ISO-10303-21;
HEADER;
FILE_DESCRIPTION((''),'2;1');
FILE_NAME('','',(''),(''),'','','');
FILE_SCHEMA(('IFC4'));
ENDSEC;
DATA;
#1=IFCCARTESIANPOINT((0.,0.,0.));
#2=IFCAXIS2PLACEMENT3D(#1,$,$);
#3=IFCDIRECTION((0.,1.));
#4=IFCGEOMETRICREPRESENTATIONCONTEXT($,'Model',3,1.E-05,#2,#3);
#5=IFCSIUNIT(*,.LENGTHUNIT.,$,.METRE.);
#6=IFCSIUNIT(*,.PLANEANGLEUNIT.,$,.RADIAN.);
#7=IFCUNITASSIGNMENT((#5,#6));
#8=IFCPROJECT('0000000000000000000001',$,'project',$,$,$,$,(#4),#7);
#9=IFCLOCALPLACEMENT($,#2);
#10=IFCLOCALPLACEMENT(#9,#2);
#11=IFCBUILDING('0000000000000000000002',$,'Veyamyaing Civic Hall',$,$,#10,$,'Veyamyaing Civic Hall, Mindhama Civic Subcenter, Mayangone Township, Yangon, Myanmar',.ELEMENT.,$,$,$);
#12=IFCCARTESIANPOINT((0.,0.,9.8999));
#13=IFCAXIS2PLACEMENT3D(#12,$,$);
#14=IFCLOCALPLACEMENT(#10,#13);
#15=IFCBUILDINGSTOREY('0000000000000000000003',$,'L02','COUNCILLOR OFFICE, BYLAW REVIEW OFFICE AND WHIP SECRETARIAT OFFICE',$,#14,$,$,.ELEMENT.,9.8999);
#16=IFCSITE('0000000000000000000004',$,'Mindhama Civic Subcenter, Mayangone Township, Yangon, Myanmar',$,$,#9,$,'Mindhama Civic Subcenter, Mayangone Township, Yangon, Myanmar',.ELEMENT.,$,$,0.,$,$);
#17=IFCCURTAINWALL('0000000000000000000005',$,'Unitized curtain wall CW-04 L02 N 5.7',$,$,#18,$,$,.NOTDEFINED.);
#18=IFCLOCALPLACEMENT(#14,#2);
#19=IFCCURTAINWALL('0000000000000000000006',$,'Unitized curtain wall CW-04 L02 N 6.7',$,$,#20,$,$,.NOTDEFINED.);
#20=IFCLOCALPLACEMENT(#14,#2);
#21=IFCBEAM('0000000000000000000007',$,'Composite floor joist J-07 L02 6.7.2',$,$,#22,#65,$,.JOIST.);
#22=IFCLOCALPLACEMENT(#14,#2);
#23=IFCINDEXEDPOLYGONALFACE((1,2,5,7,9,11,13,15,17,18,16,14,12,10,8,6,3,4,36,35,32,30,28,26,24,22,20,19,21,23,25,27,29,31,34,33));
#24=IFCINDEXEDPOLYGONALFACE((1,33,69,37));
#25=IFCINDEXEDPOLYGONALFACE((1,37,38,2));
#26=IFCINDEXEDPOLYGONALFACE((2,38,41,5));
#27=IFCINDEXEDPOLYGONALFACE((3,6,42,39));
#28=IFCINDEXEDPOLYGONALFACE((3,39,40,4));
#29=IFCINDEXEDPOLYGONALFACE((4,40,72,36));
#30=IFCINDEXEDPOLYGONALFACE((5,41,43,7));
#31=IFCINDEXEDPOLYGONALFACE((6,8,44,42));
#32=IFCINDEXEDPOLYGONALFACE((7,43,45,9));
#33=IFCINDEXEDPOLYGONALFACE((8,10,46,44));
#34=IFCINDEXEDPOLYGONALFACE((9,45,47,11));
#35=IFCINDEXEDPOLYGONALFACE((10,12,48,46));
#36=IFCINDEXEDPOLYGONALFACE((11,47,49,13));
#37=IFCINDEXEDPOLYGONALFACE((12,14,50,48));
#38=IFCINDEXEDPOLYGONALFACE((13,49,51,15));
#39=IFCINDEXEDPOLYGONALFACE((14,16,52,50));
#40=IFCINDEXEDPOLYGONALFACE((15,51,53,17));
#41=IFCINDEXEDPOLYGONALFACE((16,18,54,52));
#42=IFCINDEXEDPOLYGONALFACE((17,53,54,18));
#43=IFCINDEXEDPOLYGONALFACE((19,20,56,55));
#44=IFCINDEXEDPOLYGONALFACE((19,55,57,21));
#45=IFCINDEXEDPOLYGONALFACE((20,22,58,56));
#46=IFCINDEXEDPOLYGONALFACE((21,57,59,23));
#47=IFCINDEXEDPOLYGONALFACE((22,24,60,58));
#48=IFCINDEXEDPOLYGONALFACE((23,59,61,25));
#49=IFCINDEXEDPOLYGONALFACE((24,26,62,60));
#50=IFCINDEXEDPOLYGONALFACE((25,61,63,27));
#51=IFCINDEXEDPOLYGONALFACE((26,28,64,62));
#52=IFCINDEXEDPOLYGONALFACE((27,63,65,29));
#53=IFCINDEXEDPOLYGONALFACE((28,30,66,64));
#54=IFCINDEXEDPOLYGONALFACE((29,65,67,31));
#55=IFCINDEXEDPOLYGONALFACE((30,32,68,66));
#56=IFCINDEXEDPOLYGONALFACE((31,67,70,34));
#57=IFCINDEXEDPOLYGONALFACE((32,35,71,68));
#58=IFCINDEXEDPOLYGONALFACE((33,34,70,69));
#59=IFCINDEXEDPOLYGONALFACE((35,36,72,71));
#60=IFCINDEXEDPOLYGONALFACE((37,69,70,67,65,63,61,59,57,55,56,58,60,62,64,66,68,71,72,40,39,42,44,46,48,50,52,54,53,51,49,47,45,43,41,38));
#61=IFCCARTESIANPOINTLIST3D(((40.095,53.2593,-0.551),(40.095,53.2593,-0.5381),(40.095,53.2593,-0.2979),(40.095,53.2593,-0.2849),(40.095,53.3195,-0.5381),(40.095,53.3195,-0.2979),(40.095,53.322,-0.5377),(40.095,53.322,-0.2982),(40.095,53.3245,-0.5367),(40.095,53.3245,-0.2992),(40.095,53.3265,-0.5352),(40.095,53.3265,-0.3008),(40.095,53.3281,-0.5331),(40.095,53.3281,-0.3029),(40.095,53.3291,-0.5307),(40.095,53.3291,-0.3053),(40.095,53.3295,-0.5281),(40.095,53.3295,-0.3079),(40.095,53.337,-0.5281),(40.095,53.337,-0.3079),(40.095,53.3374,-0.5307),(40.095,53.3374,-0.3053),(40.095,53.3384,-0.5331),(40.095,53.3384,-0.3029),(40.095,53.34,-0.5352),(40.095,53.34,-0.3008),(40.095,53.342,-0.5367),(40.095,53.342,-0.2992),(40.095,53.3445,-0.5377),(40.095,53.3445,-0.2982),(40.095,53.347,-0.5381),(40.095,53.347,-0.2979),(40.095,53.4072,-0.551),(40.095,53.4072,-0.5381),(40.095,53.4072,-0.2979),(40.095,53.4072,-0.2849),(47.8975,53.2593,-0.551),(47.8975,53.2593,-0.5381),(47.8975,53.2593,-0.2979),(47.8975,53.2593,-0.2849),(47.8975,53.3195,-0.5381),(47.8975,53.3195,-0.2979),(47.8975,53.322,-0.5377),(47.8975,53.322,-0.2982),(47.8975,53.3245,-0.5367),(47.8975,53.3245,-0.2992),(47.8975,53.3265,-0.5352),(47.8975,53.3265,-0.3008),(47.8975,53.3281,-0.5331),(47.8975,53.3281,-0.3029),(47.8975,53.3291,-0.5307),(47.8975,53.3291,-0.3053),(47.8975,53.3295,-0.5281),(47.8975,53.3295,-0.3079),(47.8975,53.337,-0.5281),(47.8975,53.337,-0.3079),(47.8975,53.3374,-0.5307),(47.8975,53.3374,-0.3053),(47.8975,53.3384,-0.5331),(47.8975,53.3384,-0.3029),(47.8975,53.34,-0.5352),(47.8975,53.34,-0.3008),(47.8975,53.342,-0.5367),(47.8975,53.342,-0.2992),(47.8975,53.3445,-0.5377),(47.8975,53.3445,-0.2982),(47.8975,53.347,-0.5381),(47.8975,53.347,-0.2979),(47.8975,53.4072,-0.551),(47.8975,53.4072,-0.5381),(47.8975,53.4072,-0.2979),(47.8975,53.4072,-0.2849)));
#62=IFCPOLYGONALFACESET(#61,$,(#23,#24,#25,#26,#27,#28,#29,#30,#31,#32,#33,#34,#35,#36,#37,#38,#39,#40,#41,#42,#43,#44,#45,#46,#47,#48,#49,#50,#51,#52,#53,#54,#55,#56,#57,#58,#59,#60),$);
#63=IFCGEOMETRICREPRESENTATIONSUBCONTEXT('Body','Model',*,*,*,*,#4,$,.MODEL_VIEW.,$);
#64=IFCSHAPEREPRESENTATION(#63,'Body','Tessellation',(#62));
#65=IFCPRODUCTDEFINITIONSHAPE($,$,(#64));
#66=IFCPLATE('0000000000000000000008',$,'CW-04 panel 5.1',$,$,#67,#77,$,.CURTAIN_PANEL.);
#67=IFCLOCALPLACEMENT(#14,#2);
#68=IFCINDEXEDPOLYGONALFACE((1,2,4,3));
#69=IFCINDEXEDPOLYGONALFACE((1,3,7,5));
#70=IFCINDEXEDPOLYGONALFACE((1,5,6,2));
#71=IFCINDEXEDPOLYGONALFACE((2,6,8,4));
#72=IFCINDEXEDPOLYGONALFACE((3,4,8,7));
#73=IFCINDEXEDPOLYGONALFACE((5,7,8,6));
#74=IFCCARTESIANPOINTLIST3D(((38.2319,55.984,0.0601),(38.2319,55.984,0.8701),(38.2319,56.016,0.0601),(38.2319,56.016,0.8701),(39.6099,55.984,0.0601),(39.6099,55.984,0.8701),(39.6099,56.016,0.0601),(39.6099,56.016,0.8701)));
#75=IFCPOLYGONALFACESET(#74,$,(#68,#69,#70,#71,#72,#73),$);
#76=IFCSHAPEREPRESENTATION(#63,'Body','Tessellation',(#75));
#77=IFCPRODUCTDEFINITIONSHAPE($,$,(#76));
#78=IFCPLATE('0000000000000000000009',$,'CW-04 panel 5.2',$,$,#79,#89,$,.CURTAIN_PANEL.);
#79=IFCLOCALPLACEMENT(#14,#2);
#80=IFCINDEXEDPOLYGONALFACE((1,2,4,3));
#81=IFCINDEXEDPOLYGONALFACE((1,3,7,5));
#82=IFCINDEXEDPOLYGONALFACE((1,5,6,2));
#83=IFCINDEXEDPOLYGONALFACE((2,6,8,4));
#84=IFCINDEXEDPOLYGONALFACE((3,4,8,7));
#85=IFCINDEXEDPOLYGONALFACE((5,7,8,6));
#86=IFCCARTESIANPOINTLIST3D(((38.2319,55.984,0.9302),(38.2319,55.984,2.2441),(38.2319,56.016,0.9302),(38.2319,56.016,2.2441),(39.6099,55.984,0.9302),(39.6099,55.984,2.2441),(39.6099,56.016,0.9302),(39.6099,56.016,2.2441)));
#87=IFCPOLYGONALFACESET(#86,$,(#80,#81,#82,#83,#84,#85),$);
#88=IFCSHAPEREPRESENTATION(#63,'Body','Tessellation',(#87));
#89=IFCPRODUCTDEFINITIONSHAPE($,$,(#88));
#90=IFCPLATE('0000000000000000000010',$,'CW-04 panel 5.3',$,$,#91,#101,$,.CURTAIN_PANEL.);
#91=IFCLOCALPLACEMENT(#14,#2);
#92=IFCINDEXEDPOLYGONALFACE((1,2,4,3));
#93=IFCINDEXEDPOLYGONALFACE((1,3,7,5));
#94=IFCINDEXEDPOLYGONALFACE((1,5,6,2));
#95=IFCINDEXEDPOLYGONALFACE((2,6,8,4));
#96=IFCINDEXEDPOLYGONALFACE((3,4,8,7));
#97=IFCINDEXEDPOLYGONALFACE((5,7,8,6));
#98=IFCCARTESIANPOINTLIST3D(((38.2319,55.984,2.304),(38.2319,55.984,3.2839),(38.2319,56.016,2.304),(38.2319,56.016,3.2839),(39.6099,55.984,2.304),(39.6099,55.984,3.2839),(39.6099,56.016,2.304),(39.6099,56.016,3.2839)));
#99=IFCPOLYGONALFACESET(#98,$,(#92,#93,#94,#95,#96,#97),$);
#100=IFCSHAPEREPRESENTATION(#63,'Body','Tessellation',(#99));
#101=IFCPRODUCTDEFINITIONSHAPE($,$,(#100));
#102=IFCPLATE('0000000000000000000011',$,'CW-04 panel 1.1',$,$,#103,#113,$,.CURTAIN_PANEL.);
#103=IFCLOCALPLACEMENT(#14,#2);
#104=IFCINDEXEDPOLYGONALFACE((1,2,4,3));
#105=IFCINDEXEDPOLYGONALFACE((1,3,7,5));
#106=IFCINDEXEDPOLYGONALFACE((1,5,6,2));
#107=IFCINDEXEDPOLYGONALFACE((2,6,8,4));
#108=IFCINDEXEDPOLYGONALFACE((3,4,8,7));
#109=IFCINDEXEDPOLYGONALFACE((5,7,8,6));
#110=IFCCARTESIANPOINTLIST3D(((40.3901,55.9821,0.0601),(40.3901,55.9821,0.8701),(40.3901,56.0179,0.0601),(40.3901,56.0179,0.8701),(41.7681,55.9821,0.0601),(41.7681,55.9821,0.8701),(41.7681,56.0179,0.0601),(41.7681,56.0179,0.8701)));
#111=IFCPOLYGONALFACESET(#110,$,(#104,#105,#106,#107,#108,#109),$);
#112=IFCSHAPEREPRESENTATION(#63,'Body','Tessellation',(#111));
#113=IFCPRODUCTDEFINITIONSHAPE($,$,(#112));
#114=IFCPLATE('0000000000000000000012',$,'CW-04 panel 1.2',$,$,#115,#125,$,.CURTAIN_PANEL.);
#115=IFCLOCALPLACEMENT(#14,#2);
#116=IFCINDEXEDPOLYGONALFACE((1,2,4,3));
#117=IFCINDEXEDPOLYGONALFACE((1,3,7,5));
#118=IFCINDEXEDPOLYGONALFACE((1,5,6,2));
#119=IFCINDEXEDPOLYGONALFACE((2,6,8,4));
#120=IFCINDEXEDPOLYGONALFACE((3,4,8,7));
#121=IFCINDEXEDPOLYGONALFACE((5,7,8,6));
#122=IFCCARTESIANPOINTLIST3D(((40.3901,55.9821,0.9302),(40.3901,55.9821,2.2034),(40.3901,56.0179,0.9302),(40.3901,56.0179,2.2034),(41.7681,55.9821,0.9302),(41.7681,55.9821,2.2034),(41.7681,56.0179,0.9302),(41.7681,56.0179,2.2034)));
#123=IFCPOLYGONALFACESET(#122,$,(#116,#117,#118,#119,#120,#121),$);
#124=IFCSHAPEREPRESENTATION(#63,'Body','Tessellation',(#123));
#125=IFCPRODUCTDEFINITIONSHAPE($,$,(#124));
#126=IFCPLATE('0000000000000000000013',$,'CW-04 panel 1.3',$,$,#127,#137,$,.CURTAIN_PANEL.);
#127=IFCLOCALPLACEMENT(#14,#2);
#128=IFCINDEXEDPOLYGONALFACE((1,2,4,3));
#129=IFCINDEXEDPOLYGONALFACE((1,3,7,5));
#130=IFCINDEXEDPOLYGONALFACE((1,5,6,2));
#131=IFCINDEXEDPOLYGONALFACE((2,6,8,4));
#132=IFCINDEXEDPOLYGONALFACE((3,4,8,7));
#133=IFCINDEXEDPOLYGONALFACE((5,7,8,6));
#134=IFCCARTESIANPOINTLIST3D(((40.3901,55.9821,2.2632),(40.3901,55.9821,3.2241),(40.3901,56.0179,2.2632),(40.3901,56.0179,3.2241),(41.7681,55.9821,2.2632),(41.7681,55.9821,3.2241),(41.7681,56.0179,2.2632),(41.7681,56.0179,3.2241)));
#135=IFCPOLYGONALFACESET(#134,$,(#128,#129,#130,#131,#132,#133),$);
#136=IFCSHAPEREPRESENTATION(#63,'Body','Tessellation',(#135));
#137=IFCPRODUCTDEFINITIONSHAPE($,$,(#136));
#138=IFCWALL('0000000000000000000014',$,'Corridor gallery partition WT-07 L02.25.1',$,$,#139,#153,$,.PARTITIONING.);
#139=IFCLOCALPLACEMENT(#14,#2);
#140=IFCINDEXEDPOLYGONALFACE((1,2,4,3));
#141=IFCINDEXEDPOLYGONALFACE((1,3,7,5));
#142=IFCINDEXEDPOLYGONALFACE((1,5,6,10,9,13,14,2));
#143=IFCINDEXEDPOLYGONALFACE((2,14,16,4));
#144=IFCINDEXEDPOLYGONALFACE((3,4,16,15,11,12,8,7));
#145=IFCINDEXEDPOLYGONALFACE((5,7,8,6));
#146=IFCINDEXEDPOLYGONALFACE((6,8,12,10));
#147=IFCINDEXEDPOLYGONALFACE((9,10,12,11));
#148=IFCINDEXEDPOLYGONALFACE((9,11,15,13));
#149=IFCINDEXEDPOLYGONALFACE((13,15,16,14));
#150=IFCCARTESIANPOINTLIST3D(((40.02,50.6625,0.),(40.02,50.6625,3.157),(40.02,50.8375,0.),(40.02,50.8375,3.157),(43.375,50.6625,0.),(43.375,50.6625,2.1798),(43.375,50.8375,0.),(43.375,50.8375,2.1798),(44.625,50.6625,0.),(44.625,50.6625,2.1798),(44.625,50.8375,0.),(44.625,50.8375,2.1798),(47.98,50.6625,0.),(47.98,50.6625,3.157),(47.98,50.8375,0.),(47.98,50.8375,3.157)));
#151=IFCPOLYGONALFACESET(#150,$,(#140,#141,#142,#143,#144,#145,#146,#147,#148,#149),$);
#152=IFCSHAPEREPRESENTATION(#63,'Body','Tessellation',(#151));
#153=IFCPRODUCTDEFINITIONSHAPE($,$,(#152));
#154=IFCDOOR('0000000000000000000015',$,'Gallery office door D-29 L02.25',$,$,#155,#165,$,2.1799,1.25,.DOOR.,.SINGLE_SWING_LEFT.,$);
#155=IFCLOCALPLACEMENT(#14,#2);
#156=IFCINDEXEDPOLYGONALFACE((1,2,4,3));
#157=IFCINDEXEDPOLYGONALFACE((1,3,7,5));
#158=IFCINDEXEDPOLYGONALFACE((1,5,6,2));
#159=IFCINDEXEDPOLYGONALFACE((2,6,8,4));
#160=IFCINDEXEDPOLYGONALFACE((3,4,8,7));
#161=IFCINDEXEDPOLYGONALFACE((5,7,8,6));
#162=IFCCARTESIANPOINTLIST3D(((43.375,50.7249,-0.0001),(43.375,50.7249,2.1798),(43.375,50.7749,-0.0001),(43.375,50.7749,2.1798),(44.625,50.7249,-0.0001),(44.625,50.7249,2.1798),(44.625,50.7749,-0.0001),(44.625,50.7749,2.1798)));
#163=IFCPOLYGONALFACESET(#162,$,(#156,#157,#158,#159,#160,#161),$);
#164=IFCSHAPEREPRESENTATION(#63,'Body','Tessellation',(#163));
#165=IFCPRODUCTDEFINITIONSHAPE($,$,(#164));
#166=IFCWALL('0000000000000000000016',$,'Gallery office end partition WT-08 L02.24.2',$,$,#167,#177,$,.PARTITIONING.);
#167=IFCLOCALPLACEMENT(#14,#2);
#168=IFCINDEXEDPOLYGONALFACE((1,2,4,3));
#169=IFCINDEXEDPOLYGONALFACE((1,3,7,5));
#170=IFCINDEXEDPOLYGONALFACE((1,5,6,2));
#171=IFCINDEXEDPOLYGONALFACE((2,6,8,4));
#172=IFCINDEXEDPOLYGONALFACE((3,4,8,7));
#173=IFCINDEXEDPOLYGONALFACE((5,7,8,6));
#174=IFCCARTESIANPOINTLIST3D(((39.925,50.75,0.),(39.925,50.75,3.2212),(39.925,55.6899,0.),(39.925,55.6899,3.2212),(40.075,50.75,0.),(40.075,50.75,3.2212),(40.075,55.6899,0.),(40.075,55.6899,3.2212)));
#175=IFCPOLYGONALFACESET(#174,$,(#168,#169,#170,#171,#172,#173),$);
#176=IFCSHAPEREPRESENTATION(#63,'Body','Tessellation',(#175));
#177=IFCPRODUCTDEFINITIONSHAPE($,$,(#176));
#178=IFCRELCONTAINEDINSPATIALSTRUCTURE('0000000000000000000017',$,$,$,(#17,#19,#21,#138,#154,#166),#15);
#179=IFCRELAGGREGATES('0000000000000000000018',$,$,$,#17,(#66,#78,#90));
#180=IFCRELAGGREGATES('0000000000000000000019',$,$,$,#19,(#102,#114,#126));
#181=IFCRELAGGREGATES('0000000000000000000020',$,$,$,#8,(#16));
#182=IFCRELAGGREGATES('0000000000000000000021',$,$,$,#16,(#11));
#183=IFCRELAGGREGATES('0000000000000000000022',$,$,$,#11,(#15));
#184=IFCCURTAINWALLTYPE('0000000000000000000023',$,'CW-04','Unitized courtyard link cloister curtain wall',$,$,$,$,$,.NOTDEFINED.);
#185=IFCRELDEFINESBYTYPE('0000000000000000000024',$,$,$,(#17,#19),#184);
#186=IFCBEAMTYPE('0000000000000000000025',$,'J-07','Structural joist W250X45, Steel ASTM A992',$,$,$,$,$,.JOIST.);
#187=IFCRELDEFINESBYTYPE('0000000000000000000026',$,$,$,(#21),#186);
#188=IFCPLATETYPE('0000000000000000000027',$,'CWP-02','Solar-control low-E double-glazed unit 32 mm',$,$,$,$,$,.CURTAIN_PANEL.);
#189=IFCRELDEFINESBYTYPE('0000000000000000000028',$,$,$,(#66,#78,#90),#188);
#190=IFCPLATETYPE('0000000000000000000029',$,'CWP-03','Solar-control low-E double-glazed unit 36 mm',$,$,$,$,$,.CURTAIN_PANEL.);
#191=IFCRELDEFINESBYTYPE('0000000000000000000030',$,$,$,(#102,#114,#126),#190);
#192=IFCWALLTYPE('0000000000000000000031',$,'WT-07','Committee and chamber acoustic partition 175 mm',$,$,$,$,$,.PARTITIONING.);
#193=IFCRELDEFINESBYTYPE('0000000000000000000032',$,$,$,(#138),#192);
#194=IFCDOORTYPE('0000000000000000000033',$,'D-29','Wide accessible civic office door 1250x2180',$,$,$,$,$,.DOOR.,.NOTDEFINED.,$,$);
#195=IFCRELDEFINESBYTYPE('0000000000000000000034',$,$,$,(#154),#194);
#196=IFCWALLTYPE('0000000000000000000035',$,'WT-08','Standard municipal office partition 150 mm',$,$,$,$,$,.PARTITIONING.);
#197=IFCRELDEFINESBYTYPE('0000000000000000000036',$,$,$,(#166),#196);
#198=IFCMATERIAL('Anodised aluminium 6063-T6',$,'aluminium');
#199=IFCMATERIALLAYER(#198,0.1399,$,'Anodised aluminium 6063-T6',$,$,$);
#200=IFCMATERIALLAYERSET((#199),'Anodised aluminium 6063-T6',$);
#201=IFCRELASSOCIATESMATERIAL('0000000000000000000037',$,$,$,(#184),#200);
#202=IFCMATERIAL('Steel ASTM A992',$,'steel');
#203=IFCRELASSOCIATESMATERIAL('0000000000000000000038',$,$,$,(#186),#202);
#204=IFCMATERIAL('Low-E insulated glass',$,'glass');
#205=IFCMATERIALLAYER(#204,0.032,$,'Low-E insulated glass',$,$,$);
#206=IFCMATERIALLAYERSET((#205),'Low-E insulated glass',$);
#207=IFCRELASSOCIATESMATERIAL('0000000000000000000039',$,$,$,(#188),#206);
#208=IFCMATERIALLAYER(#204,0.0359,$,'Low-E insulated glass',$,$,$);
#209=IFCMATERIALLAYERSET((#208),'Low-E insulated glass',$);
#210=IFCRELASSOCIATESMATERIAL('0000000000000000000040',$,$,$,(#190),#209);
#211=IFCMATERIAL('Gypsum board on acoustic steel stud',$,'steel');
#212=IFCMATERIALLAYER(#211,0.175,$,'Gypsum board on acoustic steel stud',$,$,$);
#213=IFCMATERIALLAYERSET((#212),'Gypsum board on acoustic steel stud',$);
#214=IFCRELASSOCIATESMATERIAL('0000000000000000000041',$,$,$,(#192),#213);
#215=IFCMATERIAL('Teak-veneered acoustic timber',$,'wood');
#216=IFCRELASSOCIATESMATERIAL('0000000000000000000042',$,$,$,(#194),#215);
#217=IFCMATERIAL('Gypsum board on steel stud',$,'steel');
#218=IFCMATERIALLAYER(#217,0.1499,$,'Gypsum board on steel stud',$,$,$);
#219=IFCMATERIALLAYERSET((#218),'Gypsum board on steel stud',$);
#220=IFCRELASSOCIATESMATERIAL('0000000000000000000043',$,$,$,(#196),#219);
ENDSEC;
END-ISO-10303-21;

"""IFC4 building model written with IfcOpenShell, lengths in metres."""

from ifc_helpers import new_model, si_unit, direction, frame, frame_2d, origin, origin_2d, place, context, subcontext, project, spatial, rectangle, i_section, extrude, material, layer, layer_set, material_profile, profile_set, type_object, element, fill, aggregate, save


model = new_model("IFC4")

# Units and contexts
model_context = context("Model", 3, precision=1e-05, world=origin(), true_north=direction((0.0, 1.0)))
body_context = subcontext(model_context, "Body", "Model", "MODEL_VIEW")
ifc_project = project(units=[si_unit("LENGTHUNIT", "METRE"), si_unit("PLANEANGLEUNIT", "RADIAN")], contexts=[model_context])

# Site, building, storey
site_placement = place(None, origin())
site = spatial("IfcSite", under=ifc_project, at=site_placement, Name="Mindhama Civic Subcenter, Mayangone Township, Yangon, Myanmar", LongName="Mindhama Civic Subcenter, Mayangone Township, Yangon, Myanmar", CompositionType="ELEMENT", RefElevation=0.0)
building_placement = place(site_placement, origin())
building = spatial("IfcBuilding", under=site, at=building_placement, Name="Veyamyaing Civic Hall", LongName="Veyamyaing Civic Hall, Mindhama Civic Subcenter, Mayangone Township, Yangon, Myanmar", CompositionType="ELEMENT")
storey_placement = place(building_placement, frame((0.0, 0.0, 9.8999)))
storey = spatial("IfcBuildingStorey", under=building, at=storey_placement, Name="L02", Description="COUNCILLOR OFFICE, BYLAW REVIEW OFFICE AND WHIP SECRETARIAT OFFICE", CompositionType="ELEMENT", Elevation=9.8999)

# Shared definitions
ifc_material_1 = material(Name="Steel ASTM A992", Category="steel")

# Curtain wall
ifc_material_2 = material(Name="Anodised aluminium 6063-T6", Category="aluminium")
ifc_layer_1 = layer(ifc_material_2, 0.1399, Name="Anodised aluminium 6063-T6")
ifc_layer_set_1 = layer_set([ifc_layer_1], Name="Anodised aluminium 6063-T6")
curtain_wall_type = type_object("IfcCurtainWallType", Name="CW-04", Description="Unitized courtyard link cloister curtain wall", PredefinedType="NOTDEFINED", material=ifc_layer_set_1)
curtain_wall_1_placement = place(storey_placement, origin())
curtain_wall_1 = element("IfcCurtainWall", 1, at=curtain_wall_1_placement, inside=storey, type_object=curtain_wall_type, Name="Unitized curtain wall CW-04 L02 N 5.7", PredefinedType="NOTDEFINED")

# Curtain wall
curtain_wall_2_placement = place(storey_placement, origin())
curtain_wall_2 = element("IfcCurtainWall", 2, at=curtain_wall_2_placement, inside=storey, type_object=curtain_wall_type, Name="Unitized curtain wall CW-04 L02 N 6.7", PredefinedType="NOTDEFINED")

# Beam
ifc_material_profile_1 = material_profile(ifc_material_1, i_section(OverallWidth=0.1479, OverallDepth=0.2661, WebThickness=0.0076, FlangeThickness=0.0129, FilletRadius=0.01, at=origin_2d()), Name="W250X45")
ifc_profile_set_1 = profile_set([ifc_material_profile_1], Name="Steel ASTM A992")
beam_type_1 = type_object("IfcBeamType", Name="J-07", Description="Structural joist W250X45, Steel ASTM A992", PredefinedType="JOIST", material=ifc_profile_set_1)
beam_1_placement = place(storey_placement, frame((40.095, 53.3333, -0.418), z_axis=(1.0, 0.0, 0.0), x_axis=(0.0, 1.0, 0.0)))
element("IfcBeam", 3, at=beam_1_placement, inside=storey, type_object=beam_type_1, Name="Composite floor joist J-07 L02 6.7.2", PredefinedType="JOIST", context=body_context, shape_type="SweptSolid", body=[
    extrude(i_section(OverallWidth=0.1479, OverallDepth=0.2661, WebThickness=0.0076, FlangeThickness=0.0129, FilletRadius=0.01, at=origin_2d()), origin(), (0.0, 0.0, 1.0), 7.8025),
])

# Plates
ifc_material_3 = material(Name="Low-E insulated glass", Category="glass")
ifc_layer_2 = layer(ifc_material_3, 0.032, Name="Low-E insulated glass")
ifc_layer_set_2 = layer_set([ifc_layer_2], Name="Low-E insulated glass")
plate_type_1 = type_object("IfcPlateType", Name="CWP-02", Description="Solar-control low-E double-glazed unit 32 mm", PredefinedType="CURTAIN_PANEL", material=ifc_layer_set_2)
plate_1_placement = place(storey_placement, frame((38.9209, 56.0, 0.0601), z_axis=(0.0, 0.0, 1.0), x_axis=(1.0, 0.0, 0.0)))
plate_1 = element("IfcPlate", 4, at=plate_1_placement, type_object=plate_type_1, Name="CW-04 panel 5.1", PredefinedType="CURTAIN_PANEL", context=body_context, shape_type="SweptSolid", body=[
    extrude(rectangle(XDim=1.3779, YDim=0.032, at=origin_2d()), origin(), (0.0, 0.0, 1.0), 0.8101),
])
plate_2_placement = place(storey_placement, frame((38.9209, 56.0, 0.9302), z_axis=(0.0, 0.0, 1.0), x_axis=(1.0, 0.0, 0.0)))
plate_2 = element("IfcPlate", 5, at=plate_2_placement, type_object=plate_type_1, Name="CW-04 panel 5.2", PredefinedType="CURTAIN_PANEL", context=body_context, shape_type="SweptSolid", body=[
    extrude(rectangle(XDim=1.3779, YDim=0.032, at=origin_2d()), origin(), (0.0, 0.0, 1.0), 1.314),
])
plate_3_placement = place(storey_placement, frame((38.9209, 56.0, 2.304), z_axis=(0.0, 0.0, 1.0), x_axis=(1.0, 0.0, 0.0)))
plate_3 = element("IfcPlate", 6, at=plate_3_placement, type_object=plate_type_1, Name="CW-04 panel 5.3", PredefinedType="CURTAIN_PANEL", context=body_context, shape_type="SweptSolid", body=[
    extrude(rectangle(XDim=1.3779, YDim=0.032, at=origin_2d()), origin(), (0.0, 0.0, 1.0), 0.98),
])
aggregate(curtain_wall_1, [plate_1, plate_2, plate_3])
ifc_layer_3 = layer(ifc_material_3, 0.0359, Name="Low-E insulated glass")
ifc_layer_set_3 = layer_set([ifc_layer_3], Name="Low-E insulated glass")
plate_type_2 = type_object("IfcPlateType", Name="CWP-03", Description="Solar-control low-E double-glazed unit 36 mm", PredefinedType="CURTAIN_PANEL", material=ifc_layer_set_3)
plate_4_placement = place(storey_placement, frame((41.0791, 56.0, 0.0601), z_axis=(0.0, 0.0, 1.0), x_axis=(1.0, 0.0, 0.0)))
plate_4 = element("IfcPlate", 7, at=plate_4_placement, type_object=plate_type_2, Name="CW-04 panel 1.1", PredefinedType="CURTAIN_PANEL", context=body_context, shape_type="SweptSolid", body=[
    extrude(rectangle(XDim=1.3779, YDim=0.0359, at=origin_2d()), origin(), (0.0, 0.0, 1.0), 0.8101),
])
plate_5_placement = place(storey_placement, frame((41.0791, 56.0, 0.9302), z_axis=(0.0, 0.0, 1.0), x_axis=(1.0, 0.0, 0.0)))
plate_5 = element("IfcPlate", 8, at=plate_5_placement, type_object=plate_type_2, Name="CW-04 panel 1.2", PredefinedType="CURTAIN_PANEL", context=body_context, shape_type="SweptSolid", body=[
    extrude(rectangle(XDim=1.3779, YDim=0.0359, at=origin_2d()), origin(), (0.0, 0.0, 1.0), 1.2732),
])
plate_6_placement = place(storey_placement, frame((41.0791, 56.0, 2.2632), z_axis=(0.0, 0.0, 1.0), x_axis=(1.0, 0.0, 0.0)))
plate_6 = element("IfcPlate", 9, at=plate_6_placement, type_object=plate_type_2, Name="CW-04 panel 1.3", PredefinedType="CURTAIN_PANEL", context=body_context, shape_type="SweptSolid", body=[
    extrude(rectangle(XDim=1.3779, YDim=0.0359, at=origin_2d()), origin(), (0.0, 0.0, 1.0), 0.9609),
])
aggregate(curtain_wall_2, [plate_4, plate_5, plate_6])

# Wall, opening, door
ifc_material_4 = material(Name="Gypsum board on acoustic steel stud", Category="steel")
ifc_layer_4 = layer(ifc_material_4, 0.175, Name="Gypsum board on acoustic steel stud")
ifc_layer_set_4 = layer_set([ifc_layer_4], Name="Gypsum board on acoustic steel stud")
wall_type_1 = type_object("IfcWallType", Name="WT-07", Description="Committee and chamber acoustic partition 175 mm", PredefinedType="PARTITIONING", material=ifc_layer_set_4)
wall_1_placement = place(storey_placement, frame((40.02, 50.75, 0.0), z_axis=(0.0, 0.0, 1.0), x_axis=(1.0, 0.0, 0.0)))
wall_1 = element("IfcWall", 10, at=wall_1_placement, inside=storey, type_object=wall_type_1, Name="Corridor gallery partition WT-07 L02.25.1", PredefinedType="PARTITIONING", context=body_context, shape_type="SweptSolid", body=[
    extrude(rectangle(XDim=7.96, YDim=0.175, at=frame_2d((3.98, 0.0))), origin(), (0.0, 0.0, 1.0), 3.157),
])
opening_placement = place(wall_1_placement, frame((3.355, 0.0, 0.0)))
opening = element("IfcOpeningElement", 11, at=opening_placement, cuts=wall_1, PredefinedType="OPENING", context=body_context, shape_type="SweptSolid", body=[
    extrude(rectangle(XDim=1.25, YDim=2.1799, at=frame_2d((0.625, 1.0898))), frame((0.0, 0.0974, 0.0), z_axis=(0.0, -1.0, 0.0), x_axis=(1.0, 0.0, 0.0)), (0.0, 0.0, 1.0), 0.1951),
])
ifc_material_5 = material(Name="Teak-veneered acoustic timber", Category="wood")
door_type = type_object("IfcDoorType", Name="D-29", Description="Wide accessible civic office door 1250x2180", OperationType="NOTDEFINED", PredefinedType="DOOR", material=ifc_material_5)
door_placement = place(opening_placement, origin())
door = element("IfcDoor", 12, at=door_placement, inside=storey, type_object=door_type, Name="Gallery office door D-29 L02.25", OperationType="SINGLE_SWING_LEFT", OverallHeight=2.1799, OverallWidth=1.25, PredefinedType="DOOR", context=body_context, shape_type="SweptSolid", body=[
    extrude(rectangle(XDim=1.25, YDim=2.1799, at=frame_2d((0.625, 1.0898))), frame((0.0, 0.0249, 0.0), z_axis=(0.0, -1.0, 0.0), x_axis=(1.0, 0.0, 0.0)), (0.0, 0.0, 1.0), 0.05),
])
fill(opening, door)

# Wall
ifc_material_6 = material(Name="Gypsum board on steel stud", Category="steel")
ifc_layer_5 = layer(ifc_material_6, 0.1499, Name="Gypsum board on steel stud")
ifc_layer_set_5 = layer_set([ifc_layer_5], Name="Gypsum board on steel stud")
wall_type_2 = type_object("IfcWallType", Name="WT-08", Description="Standard municipal office partition 150 mm", PredefinedType="PARTITIONING", material=ifc_layer_set_5)
wall_2_placement = place(storey_placement, frame((40.0, 50.75, 0.0), z_axis=(0.0, 0.0, 1.0), x_axis=(0.0, 1.0, 0.0)))
element("IfcWall", 13, at=wall_2_placement, inside=storey, type_object=wall_type_2, Name="Gallery office end partition WT-08 L02.24.2", PredefinedType="PARTITIONING", context=body_context, shape_type="SweptSolid", body=[
    extrude(rectangle(XDim=4.9399, YDim=0.1499, at=frame_2d((2.47, 0.0))), origin(), (0.0, 0.0, 1.0), 3.2212),
])

save(model, "model.ifc")
